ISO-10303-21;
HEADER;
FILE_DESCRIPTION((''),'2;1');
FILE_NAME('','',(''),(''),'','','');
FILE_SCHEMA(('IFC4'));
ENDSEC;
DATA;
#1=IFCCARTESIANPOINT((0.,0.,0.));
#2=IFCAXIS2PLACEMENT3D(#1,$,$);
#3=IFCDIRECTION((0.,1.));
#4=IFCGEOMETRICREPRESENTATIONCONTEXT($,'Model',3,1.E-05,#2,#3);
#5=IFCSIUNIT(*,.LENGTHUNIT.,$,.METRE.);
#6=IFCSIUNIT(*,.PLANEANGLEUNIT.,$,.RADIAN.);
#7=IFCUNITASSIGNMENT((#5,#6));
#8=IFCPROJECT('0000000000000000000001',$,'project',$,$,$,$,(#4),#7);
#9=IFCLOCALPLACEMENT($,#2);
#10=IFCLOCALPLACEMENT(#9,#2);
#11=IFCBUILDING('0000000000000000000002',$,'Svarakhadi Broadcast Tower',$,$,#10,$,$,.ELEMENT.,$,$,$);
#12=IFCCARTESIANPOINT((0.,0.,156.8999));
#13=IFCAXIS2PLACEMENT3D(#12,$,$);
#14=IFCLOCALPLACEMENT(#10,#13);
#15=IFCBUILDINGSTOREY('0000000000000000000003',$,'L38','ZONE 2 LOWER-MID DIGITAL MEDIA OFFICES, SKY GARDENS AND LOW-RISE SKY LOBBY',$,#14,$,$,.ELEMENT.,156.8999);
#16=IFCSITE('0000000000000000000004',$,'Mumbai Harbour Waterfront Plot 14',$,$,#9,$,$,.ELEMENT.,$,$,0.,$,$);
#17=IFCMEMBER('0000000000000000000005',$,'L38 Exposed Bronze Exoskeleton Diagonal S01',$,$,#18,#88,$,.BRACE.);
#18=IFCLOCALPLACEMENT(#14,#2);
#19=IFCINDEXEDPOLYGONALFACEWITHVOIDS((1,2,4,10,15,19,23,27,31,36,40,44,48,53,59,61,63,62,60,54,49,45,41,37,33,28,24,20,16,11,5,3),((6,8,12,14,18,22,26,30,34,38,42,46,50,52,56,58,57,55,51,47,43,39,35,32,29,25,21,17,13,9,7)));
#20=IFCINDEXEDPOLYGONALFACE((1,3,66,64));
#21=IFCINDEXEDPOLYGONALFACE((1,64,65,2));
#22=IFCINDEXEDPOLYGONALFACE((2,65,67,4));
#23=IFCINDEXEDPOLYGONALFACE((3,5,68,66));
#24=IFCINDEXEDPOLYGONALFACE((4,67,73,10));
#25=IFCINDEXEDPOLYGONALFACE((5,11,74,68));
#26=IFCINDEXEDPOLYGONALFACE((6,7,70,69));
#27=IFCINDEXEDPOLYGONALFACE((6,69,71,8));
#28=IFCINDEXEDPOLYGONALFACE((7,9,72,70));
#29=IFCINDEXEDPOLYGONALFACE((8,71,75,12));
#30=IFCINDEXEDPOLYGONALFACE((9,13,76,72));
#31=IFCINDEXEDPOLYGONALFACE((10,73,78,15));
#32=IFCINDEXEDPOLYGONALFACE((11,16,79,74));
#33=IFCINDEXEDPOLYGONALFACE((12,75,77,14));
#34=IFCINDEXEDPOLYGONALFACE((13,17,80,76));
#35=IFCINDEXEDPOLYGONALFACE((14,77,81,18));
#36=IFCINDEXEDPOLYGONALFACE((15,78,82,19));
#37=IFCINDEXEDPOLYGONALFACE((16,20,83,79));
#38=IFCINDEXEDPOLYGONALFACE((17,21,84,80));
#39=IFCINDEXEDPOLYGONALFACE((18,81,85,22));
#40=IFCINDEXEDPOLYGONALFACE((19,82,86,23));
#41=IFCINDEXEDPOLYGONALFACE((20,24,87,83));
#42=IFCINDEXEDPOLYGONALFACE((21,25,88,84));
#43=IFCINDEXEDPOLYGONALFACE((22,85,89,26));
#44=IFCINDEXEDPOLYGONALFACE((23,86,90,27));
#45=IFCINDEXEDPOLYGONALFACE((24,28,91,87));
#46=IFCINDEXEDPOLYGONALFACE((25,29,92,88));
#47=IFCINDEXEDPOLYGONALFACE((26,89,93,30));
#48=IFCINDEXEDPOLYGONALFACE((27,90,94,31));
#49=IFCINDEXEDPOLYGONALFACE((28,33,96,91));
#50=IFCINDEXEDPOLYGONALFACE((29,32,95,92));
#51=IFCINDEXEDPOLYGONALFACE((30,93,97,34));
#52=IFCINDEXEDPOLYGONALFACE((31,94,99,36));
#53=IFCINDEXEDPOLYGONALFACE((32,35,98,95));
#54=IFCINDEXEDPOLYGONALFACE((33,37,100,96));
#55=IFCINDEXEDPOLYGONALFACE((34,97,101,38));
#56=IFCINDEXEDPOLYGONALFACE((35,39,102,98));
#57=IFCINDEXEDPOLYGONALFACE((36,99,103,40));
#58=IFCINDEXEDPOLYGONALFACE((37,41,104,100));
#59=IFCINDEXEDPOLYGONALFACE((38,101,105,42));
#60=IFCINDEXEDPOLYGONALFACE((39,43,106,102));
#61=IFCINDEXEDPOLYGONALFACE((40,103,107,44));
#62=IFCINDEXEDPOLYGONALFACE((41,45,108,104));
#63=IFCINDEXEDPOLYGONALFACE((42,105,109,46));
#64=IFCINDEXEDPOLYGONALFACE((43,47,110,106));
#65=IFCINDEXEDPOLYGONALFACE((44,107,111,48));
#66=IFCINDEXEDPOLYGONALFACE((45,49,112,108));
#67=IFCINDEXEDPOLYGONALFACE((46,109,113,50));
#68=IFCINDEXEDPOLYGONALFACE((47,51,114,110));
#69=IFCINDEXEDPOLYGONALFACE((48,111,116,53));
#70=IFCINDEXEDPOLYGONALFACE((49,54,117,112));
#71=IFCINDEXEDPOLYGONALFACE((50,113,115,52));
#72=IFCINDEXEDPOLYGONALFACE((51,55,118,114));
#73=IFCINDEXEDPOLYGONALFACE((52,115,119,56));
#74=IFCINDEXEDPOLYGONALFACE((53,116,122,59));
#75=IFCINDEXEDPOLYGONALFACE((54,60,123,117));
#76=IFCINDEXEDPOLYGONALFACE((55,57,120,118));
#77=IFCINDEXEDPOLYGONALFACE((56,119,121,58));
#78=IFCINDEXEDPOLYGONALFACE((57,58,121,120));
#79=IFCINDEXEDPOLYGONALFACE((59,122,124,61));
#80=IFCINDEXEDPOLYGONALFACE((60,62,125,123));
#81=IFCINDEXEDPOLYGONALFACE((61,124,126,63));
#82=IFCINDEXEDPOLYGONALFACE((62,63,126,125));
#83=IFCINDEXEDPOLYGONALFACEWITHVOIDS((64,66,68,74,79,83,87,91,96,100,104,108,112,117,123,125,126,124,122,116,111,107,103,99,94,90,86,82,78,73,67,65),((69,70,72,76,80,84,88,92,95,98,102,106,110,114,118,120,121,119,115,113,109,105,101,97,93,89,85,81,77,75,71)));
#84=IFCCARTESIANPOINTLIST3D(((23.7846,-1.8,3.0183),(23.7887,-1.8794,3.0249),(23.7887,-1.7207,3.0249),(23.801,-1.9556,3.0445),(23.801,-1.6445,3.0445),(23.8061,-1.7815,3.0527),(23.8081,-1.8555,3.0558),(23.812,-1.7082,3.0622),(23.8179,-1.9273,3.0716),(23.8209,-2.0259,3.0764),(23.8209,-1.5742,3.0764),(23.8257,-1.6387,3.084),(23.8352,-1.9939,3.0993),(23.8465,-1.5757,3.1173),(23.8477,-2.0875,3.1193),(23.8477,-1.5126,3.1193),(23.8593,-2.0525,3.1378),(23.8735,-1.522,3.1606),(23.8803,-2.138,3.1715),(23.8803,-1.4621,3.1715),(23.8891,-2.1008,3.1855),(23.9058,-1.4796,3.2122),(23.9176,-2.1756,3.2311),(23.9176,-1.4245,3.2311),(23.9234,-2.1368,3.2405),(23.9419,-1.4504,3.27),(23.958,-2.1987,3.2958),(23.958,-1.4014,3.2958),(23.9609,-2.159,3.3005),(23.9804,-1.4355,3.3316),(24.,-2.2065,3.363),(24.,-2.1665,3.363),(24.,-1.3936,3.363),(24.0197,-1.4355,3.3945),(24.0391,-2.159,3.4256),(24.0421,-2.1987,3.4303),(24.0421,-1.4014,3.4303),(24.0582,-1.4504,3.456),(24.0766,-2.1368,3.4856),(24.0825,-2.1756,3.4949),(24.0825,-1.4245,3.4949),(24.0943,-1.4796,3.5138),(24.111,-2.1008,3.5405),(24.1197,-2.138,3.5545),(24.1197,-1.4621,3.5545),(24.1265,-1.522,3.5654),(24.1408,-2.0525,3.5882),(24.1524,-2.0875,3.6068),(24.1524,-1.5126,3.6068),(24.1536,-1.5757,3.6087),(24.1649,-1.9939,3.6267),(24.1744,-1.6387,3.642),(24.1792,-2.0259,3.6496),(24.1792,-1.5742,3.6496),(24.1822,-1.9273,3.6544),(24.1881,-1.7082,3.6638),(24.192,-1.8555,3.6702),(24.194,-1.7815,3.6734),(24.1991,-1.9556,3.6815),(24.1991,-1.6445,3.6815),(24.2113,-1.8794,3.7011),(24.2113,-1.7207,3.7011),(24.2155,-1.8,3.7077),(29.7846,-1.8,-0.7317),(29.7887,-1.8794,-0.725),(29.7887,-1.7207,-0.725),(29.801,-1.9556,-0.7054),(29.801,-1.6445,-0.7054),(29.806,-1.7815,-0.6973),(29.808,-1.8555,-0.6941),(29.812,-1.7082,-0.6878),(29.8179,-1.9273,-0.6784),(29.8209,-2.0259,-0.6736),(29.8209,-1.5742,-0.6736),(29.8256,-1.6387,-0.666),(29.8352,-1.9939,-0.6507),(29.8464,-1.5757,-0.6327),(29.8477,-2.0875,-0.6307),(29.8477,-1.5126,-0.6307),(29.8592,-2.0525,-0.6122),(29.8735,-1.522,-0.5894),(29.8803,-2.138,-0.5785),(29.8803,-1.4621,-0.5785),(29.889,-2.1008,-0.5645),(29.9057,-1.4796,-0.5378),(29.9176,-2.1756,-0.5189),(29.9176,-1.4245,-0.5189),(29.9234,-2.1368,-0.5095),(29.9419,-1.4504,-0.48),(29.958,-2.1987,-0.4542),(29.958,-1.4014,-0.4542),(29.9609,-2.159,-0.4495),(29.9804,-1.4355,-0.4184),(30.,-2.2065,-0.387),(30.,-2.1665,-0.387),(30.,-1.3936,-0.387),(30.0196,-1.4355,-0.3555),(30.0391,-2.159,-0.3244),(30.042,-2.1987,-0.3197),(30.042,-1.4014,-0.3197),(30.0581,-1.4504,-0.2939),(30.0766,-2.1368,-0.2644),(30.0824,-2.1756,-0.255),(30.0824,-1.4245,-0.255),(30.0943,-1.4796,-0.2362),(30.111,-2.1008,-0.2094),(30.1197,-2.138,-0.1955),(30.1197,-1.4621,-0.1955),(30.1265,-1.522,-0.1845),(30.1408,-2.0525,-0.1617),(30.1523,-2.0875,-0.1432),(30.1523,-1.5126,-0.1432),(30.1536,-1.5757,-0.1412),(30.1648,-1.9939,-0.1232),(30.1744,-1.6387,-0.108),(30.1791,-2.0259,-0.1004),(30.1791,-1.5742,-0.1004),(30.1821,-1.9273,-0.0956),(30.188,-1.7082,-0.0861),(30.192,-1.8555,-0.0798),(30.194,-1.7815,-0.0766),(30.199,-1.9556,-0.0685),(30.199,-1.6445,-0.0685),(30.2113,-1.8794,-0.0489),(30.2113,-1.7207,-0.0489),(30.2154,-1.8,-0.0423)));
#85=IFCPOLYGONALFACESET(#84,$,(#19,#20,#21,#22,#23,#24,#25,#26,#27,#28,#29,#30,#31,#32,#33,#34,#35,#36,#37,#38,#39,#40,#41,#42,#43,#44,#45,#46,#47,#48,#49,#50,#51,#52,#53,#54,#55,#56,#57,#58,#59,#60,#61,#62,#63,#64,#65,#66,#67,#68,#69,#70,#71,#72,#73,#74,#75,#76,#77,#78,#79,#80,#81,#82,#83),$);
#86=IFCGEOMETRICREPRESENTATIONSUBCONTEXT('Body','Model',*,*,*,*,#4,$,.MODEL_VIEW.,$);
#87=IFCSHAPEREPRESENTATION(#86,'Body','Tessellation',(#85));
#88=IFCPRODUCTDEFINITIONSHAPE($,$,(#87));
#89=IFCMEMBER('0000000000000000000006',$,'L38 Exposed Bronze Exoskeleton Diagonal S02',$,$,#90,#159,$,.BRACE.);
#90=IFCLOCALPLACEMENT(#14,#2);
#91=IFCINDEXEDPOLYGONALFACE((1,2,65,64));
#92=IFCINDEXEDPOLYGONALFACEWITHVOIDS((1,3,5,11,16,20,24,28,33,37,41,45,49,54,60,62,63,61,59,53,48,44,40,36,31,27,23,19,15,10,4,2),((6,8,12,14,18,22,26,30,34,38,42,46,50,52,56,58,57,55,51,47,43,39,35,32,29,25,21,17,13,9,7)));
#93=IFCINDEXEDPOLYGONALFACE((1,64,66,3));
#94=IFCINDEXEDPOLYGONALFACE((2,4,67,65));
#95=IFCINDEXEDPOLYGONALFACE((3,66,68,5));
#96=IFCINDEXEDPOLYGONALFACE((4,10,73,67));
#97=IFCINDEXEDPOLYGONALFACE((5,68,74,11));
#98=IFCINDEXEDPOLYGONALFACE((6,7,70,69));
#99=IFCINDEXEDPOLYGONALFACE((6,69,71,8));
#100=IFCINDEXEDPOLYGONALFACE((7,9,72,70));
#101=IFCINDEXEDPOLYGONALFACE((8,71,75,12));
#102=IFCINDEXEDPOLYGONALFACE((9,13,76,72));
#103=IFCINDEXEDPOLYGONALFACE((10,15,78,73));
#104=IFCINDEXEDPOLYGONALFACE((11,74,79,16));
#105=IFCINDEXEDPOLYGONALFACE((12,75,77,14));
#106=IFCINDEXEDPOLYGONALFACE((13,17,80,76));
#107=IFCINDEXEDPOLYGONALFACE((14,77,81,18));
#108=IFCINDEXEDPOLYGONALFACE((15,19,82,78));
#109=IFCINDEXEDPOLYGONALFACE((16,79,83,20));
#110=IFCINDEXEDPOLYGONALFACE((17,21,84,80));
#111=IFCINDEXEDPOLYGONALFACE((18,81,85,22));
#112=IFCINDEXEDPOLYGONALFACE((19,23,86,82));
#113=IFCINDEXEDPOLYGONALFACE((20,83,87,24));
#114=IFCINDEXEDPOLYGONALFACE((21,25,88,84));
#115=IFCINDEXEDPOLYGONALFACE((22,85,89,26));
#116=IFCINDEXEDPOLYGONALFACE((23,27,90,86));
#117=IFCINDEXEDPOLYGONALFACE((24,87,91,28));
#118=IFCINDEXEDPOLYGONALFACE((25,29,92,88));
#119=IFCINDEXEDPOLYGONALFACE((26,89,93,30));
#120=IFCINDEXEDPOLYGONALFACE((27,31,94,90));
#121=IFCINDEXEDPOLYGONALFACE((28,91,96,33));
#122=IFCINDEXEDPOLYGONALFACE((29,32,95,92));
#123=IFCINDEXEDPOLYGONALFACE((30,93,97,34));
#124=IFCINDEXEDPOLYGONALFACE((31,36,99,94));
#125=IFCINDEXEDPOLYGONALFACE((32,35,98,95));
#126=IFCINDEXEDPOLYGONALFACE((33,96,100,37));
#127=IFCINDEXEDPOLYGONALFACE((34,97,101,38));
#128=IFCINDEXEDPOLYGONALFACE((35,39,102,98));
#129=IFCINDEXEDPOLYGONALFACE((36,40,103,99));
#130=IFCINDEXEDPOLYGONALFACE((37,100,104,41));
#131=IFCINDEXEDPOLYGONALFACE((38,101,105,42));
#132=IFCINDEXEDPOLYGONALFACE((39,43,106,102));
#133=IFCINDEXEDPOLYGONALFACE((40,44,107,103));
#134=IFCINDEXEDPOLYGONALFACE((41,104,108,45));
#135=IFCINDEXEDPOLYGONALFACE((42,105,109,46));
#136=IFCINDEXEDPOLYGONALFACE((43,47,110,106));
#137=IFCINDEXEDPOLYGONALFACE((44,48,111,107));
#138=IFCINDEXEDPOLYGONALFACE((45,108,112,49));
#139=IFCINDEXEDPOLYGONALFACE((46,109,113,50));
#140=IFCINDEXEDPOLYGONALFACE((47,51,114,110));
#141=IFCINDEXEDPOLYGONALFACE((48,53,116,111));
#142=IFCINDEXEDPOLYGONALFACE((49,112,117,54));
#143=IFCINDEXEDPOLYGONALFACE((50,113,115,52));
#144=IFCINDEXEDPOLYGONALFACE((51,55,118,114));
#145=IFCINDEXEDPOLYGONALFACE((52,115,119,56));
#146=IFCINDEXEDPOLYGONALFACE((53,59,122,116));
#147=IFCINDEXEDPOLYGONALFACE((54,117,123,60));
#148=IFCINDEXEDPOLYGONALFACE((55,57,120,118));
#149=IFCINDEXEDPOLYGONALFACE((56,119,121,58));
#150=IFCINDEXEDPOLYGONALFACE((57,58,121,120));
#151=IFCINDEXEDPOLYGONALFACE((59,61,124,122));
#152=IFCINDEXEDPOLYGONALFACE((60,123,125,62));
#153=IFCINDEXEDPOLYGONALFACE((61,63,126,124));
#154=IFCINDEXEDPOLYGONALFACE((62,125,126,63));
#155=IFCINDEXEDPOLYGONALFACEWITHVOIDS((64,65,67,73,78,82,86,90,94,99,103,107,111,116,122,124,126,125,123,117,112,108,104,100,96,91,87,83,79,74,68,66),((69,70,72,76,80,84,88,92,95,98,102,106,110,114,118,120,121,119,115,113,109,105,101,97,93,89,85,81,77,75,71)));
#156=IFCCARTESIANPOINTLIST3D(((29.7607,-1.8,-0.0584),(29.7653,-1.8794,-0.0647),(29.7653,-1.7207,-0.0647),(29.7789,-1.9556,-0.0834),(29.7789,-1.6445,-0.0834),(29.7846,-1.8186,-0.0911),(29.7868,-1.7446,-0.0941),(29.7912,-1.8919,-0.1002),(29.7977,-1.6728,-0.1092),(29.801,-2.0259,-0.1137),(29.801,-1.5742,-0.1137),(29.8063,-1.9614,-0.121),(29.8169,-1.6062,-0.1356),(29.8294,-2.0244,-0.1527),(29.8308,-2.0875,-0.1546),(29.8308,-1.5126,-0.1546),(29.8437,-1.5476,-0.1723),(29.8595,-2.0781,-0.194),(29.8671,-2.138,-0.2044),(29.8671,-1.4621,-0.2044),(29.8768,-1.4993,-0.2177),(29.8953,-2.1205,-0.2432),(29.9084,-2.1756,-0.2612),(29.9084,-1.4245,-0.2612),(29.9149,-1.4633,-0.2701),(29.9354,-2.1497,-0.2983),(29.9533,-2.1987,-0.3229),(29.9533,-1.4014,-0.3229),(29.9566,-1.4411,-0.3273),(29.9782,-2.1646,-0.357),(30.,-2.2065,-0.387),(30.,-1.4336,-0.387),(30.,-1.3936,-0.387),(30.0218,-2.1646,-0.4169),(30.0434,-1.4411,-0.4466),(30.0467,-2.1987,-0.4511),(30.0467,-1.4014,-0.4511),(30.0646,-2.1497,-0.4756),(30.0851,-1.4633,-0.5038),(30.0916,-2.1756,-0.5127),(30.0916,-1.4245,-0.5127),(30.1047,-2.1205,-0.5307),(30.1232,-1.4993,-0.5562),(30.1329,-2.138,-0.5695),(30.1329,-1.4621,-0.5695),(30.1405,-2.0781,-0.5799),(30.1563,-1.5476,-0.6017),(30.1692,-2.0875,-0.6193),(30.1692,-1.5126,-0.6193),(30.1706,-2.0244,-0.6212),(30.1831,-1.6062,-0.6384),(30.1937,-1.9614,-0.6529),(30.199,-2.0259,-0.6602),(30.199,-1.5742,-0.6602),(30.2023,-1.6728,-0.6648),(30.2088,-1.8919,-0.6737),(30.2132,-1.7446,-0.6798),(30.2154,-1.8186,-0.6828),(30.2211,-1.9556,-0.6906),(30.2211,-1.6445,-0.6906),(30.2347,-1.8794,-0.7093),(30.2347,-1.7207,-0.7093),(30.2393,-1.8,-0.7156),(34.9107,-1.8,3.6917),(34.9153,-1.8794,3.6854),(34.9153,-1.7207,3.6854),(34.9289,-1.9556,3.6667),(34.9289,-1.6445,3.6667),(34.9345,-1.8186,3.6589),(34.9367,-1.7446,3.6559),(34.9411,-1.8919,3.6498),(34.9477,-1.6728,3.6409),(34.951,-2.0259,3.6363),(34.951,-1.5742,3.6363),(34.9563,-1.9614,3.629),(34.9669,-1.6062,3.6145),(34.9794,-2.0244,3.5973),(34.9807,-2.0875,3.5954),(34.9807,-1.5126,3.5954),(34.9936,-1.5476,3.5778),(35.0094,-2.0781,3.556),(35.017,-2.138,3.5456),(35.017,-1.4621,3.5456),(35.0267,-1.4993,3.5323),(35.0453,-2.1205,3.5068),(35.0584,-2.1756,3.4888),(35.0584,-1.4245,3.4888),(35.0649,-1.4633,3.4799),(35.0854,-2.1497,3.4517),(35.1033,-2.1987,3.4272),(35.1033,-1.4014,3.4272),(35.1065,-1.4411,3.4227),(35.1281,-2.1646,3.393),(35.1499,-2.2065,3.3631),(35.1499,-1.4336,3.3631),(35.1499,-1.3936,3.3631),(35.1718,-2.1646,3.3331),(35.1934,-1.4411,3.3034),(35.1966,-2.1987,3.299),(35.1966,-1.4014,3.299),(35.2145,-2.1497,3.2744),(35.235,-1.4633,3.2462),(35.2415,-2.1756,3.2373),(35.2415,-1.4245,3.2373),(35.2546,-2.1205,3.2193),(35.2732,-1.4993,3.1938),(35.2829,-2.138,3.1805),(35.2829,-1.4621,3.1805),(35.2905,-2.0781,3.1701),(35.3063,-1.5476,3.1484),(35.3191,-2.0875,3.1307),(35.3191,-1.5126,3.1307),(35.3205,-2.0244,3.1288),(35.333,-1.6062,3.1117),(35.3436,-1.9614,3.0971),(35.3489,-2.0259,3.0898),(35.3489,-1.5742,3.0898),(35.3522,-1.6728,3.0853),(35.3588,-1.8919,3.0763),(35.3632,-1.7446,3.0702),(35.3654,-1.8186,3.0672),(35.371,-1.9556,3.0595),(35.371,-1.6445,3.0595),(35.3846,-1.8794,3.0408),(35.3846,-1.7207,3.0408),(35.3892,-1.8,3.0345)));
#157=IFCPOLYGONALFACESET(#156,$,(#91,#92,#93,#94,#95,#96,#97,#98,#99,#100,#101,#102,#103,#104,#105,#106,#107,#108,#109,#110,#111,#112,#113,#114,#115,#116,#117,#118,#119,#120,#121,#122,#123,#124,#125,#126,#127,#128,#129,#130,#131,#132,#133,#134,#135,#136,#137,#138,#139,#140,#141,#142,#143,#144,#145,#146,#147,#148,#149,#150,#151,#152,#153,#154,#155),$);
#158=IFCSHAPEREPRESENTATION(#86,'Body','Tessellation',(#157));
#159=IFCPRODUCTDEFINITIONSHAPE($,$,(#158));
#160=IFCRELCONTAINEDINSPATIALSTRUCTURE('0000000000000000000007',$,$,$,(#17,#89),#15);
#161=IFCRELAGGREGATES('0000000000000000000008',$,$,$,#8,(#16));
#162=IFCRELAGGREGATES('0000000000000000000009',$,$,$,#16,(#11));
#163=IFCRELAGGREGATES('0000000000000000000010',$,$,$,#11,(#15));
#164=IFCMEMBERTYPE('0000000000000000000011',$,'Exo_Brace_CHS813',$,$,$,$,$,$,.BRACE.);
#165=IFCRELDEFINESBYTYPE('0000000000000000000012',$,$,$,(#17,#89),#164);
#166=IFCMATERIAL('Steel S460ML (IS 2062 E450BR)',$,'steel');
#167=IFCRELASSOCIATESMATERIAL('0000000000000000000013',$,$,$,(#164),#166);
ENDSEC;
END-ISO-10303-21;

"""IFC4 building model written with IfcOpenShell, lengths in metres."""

from ifc_helpers import new_model, si_unit, direction, frame, origin, origin_2d, place, context, subcontext, project, spatial, hollow_circle, extrude, material, material_profile, profile_set, type_object, element, save


model = new_model("IFC4")

# Units and contexts
model_context = context("Model", 3, precision=1e-05, world=origin(), true_north=direction((0.0, 1.0)))
body_context = subcontext(model_context, "Body", "Model", "MODEL_VIEW")
ifc_project = project(units=[si_unit("LENGTHUNIT", "METRE"), si_unit("PLANEANGLEUNIT", "RADIAN")], contexts=[model_context])

# Site, building, storey
site_placement = place(None, origin())
site = spatial("IfcSite", under=ifc_project, at=site_placement, Name="Mumbai Harbour Waterfront Plot 14", CompositionType="ELEMENT", RefElevation=0.0)
building_placement = place(site_placement, origin())
building = spatial("IfcBuilding", under=site, at=building_placement, Name="Svarakhadi Broadcast Tower", CompositionType="ELEMENT")
storey_placement = place(building_placement, frame((0.0, 0.0, 156.8999)))
storey = spatial("IfcBuildingStorey", under=building, at=storey_placement, Name="L38", Description="ZONE 2 LOWER-MID DIGITAL MEDIA OFFICES, SKY GARDENS AND LOW-RISE SKY LOBBY", CompositionType="ELEMENT", Elevation=156.8999)

# Members
ifc_material_1 = material(Name="Steel S460ML (IS 2062 E450BR)", Category="steel")
ifc_material_profile_1 = material_profile(ifc_material_1, hollow_circle(Radius=0.4065, WallThickness=0.04, at=origin_2d()), Name="CHS 813x40")
ifc_profile_set_1 = profile_set([ifc_material_profile_1], Name="Steel S460ML (IS 2062 E450BR)")
member_type_1 = type_object("IfcMemberType", Name="Exo_Brace_CHS813", PredefinedType="BRACE", material=ifc_profile_set_1)
member_1_placement = place(storey_placement, frame((30.0, -1.8, -0.387), z_axis=(-0.847998, 0.0, 0.529999), x_axis=(0.0, -1.0, 0.0)))
element("IfcMember", 1, at=member_1_placement, inside=storey, type_object=member_type_1, Name="L38 Exposed Bronze Exoskeleton Diagonal S01", PredefinedType="BRACE", context=body_context, shape_type="SweptSolid", body=[
    extrude(hollow_circle(Radius=0.4065, WallThickness=0.04, at=origin_2d()), origin(), (0.0, 0.0, 1.0), 7.0754),
])
member_2_placement = place(storey_placement, frame((30.0, -1.8, -0.387), z_axis=(0.808391, 0.0, 0.588646), x_axis=(0.0, 1.0, 0.0)))
element("IfcMember", 2, at=member_2_placement, inside=storey, type_object=member_type_1, Name="L38 Exposed Bronze Exoskeleton Diagonal S02", PredefinedType="BRACE", context=body_context, shape_type="SweptSolid", body=[
    extrude(hollow_circle(Radius=0.4065, WallThickness=0.04, at=origin_2d()), origin(), (0.0, 0.0, 1.0), 6.3706),
])

save(model, "model.ifc")
